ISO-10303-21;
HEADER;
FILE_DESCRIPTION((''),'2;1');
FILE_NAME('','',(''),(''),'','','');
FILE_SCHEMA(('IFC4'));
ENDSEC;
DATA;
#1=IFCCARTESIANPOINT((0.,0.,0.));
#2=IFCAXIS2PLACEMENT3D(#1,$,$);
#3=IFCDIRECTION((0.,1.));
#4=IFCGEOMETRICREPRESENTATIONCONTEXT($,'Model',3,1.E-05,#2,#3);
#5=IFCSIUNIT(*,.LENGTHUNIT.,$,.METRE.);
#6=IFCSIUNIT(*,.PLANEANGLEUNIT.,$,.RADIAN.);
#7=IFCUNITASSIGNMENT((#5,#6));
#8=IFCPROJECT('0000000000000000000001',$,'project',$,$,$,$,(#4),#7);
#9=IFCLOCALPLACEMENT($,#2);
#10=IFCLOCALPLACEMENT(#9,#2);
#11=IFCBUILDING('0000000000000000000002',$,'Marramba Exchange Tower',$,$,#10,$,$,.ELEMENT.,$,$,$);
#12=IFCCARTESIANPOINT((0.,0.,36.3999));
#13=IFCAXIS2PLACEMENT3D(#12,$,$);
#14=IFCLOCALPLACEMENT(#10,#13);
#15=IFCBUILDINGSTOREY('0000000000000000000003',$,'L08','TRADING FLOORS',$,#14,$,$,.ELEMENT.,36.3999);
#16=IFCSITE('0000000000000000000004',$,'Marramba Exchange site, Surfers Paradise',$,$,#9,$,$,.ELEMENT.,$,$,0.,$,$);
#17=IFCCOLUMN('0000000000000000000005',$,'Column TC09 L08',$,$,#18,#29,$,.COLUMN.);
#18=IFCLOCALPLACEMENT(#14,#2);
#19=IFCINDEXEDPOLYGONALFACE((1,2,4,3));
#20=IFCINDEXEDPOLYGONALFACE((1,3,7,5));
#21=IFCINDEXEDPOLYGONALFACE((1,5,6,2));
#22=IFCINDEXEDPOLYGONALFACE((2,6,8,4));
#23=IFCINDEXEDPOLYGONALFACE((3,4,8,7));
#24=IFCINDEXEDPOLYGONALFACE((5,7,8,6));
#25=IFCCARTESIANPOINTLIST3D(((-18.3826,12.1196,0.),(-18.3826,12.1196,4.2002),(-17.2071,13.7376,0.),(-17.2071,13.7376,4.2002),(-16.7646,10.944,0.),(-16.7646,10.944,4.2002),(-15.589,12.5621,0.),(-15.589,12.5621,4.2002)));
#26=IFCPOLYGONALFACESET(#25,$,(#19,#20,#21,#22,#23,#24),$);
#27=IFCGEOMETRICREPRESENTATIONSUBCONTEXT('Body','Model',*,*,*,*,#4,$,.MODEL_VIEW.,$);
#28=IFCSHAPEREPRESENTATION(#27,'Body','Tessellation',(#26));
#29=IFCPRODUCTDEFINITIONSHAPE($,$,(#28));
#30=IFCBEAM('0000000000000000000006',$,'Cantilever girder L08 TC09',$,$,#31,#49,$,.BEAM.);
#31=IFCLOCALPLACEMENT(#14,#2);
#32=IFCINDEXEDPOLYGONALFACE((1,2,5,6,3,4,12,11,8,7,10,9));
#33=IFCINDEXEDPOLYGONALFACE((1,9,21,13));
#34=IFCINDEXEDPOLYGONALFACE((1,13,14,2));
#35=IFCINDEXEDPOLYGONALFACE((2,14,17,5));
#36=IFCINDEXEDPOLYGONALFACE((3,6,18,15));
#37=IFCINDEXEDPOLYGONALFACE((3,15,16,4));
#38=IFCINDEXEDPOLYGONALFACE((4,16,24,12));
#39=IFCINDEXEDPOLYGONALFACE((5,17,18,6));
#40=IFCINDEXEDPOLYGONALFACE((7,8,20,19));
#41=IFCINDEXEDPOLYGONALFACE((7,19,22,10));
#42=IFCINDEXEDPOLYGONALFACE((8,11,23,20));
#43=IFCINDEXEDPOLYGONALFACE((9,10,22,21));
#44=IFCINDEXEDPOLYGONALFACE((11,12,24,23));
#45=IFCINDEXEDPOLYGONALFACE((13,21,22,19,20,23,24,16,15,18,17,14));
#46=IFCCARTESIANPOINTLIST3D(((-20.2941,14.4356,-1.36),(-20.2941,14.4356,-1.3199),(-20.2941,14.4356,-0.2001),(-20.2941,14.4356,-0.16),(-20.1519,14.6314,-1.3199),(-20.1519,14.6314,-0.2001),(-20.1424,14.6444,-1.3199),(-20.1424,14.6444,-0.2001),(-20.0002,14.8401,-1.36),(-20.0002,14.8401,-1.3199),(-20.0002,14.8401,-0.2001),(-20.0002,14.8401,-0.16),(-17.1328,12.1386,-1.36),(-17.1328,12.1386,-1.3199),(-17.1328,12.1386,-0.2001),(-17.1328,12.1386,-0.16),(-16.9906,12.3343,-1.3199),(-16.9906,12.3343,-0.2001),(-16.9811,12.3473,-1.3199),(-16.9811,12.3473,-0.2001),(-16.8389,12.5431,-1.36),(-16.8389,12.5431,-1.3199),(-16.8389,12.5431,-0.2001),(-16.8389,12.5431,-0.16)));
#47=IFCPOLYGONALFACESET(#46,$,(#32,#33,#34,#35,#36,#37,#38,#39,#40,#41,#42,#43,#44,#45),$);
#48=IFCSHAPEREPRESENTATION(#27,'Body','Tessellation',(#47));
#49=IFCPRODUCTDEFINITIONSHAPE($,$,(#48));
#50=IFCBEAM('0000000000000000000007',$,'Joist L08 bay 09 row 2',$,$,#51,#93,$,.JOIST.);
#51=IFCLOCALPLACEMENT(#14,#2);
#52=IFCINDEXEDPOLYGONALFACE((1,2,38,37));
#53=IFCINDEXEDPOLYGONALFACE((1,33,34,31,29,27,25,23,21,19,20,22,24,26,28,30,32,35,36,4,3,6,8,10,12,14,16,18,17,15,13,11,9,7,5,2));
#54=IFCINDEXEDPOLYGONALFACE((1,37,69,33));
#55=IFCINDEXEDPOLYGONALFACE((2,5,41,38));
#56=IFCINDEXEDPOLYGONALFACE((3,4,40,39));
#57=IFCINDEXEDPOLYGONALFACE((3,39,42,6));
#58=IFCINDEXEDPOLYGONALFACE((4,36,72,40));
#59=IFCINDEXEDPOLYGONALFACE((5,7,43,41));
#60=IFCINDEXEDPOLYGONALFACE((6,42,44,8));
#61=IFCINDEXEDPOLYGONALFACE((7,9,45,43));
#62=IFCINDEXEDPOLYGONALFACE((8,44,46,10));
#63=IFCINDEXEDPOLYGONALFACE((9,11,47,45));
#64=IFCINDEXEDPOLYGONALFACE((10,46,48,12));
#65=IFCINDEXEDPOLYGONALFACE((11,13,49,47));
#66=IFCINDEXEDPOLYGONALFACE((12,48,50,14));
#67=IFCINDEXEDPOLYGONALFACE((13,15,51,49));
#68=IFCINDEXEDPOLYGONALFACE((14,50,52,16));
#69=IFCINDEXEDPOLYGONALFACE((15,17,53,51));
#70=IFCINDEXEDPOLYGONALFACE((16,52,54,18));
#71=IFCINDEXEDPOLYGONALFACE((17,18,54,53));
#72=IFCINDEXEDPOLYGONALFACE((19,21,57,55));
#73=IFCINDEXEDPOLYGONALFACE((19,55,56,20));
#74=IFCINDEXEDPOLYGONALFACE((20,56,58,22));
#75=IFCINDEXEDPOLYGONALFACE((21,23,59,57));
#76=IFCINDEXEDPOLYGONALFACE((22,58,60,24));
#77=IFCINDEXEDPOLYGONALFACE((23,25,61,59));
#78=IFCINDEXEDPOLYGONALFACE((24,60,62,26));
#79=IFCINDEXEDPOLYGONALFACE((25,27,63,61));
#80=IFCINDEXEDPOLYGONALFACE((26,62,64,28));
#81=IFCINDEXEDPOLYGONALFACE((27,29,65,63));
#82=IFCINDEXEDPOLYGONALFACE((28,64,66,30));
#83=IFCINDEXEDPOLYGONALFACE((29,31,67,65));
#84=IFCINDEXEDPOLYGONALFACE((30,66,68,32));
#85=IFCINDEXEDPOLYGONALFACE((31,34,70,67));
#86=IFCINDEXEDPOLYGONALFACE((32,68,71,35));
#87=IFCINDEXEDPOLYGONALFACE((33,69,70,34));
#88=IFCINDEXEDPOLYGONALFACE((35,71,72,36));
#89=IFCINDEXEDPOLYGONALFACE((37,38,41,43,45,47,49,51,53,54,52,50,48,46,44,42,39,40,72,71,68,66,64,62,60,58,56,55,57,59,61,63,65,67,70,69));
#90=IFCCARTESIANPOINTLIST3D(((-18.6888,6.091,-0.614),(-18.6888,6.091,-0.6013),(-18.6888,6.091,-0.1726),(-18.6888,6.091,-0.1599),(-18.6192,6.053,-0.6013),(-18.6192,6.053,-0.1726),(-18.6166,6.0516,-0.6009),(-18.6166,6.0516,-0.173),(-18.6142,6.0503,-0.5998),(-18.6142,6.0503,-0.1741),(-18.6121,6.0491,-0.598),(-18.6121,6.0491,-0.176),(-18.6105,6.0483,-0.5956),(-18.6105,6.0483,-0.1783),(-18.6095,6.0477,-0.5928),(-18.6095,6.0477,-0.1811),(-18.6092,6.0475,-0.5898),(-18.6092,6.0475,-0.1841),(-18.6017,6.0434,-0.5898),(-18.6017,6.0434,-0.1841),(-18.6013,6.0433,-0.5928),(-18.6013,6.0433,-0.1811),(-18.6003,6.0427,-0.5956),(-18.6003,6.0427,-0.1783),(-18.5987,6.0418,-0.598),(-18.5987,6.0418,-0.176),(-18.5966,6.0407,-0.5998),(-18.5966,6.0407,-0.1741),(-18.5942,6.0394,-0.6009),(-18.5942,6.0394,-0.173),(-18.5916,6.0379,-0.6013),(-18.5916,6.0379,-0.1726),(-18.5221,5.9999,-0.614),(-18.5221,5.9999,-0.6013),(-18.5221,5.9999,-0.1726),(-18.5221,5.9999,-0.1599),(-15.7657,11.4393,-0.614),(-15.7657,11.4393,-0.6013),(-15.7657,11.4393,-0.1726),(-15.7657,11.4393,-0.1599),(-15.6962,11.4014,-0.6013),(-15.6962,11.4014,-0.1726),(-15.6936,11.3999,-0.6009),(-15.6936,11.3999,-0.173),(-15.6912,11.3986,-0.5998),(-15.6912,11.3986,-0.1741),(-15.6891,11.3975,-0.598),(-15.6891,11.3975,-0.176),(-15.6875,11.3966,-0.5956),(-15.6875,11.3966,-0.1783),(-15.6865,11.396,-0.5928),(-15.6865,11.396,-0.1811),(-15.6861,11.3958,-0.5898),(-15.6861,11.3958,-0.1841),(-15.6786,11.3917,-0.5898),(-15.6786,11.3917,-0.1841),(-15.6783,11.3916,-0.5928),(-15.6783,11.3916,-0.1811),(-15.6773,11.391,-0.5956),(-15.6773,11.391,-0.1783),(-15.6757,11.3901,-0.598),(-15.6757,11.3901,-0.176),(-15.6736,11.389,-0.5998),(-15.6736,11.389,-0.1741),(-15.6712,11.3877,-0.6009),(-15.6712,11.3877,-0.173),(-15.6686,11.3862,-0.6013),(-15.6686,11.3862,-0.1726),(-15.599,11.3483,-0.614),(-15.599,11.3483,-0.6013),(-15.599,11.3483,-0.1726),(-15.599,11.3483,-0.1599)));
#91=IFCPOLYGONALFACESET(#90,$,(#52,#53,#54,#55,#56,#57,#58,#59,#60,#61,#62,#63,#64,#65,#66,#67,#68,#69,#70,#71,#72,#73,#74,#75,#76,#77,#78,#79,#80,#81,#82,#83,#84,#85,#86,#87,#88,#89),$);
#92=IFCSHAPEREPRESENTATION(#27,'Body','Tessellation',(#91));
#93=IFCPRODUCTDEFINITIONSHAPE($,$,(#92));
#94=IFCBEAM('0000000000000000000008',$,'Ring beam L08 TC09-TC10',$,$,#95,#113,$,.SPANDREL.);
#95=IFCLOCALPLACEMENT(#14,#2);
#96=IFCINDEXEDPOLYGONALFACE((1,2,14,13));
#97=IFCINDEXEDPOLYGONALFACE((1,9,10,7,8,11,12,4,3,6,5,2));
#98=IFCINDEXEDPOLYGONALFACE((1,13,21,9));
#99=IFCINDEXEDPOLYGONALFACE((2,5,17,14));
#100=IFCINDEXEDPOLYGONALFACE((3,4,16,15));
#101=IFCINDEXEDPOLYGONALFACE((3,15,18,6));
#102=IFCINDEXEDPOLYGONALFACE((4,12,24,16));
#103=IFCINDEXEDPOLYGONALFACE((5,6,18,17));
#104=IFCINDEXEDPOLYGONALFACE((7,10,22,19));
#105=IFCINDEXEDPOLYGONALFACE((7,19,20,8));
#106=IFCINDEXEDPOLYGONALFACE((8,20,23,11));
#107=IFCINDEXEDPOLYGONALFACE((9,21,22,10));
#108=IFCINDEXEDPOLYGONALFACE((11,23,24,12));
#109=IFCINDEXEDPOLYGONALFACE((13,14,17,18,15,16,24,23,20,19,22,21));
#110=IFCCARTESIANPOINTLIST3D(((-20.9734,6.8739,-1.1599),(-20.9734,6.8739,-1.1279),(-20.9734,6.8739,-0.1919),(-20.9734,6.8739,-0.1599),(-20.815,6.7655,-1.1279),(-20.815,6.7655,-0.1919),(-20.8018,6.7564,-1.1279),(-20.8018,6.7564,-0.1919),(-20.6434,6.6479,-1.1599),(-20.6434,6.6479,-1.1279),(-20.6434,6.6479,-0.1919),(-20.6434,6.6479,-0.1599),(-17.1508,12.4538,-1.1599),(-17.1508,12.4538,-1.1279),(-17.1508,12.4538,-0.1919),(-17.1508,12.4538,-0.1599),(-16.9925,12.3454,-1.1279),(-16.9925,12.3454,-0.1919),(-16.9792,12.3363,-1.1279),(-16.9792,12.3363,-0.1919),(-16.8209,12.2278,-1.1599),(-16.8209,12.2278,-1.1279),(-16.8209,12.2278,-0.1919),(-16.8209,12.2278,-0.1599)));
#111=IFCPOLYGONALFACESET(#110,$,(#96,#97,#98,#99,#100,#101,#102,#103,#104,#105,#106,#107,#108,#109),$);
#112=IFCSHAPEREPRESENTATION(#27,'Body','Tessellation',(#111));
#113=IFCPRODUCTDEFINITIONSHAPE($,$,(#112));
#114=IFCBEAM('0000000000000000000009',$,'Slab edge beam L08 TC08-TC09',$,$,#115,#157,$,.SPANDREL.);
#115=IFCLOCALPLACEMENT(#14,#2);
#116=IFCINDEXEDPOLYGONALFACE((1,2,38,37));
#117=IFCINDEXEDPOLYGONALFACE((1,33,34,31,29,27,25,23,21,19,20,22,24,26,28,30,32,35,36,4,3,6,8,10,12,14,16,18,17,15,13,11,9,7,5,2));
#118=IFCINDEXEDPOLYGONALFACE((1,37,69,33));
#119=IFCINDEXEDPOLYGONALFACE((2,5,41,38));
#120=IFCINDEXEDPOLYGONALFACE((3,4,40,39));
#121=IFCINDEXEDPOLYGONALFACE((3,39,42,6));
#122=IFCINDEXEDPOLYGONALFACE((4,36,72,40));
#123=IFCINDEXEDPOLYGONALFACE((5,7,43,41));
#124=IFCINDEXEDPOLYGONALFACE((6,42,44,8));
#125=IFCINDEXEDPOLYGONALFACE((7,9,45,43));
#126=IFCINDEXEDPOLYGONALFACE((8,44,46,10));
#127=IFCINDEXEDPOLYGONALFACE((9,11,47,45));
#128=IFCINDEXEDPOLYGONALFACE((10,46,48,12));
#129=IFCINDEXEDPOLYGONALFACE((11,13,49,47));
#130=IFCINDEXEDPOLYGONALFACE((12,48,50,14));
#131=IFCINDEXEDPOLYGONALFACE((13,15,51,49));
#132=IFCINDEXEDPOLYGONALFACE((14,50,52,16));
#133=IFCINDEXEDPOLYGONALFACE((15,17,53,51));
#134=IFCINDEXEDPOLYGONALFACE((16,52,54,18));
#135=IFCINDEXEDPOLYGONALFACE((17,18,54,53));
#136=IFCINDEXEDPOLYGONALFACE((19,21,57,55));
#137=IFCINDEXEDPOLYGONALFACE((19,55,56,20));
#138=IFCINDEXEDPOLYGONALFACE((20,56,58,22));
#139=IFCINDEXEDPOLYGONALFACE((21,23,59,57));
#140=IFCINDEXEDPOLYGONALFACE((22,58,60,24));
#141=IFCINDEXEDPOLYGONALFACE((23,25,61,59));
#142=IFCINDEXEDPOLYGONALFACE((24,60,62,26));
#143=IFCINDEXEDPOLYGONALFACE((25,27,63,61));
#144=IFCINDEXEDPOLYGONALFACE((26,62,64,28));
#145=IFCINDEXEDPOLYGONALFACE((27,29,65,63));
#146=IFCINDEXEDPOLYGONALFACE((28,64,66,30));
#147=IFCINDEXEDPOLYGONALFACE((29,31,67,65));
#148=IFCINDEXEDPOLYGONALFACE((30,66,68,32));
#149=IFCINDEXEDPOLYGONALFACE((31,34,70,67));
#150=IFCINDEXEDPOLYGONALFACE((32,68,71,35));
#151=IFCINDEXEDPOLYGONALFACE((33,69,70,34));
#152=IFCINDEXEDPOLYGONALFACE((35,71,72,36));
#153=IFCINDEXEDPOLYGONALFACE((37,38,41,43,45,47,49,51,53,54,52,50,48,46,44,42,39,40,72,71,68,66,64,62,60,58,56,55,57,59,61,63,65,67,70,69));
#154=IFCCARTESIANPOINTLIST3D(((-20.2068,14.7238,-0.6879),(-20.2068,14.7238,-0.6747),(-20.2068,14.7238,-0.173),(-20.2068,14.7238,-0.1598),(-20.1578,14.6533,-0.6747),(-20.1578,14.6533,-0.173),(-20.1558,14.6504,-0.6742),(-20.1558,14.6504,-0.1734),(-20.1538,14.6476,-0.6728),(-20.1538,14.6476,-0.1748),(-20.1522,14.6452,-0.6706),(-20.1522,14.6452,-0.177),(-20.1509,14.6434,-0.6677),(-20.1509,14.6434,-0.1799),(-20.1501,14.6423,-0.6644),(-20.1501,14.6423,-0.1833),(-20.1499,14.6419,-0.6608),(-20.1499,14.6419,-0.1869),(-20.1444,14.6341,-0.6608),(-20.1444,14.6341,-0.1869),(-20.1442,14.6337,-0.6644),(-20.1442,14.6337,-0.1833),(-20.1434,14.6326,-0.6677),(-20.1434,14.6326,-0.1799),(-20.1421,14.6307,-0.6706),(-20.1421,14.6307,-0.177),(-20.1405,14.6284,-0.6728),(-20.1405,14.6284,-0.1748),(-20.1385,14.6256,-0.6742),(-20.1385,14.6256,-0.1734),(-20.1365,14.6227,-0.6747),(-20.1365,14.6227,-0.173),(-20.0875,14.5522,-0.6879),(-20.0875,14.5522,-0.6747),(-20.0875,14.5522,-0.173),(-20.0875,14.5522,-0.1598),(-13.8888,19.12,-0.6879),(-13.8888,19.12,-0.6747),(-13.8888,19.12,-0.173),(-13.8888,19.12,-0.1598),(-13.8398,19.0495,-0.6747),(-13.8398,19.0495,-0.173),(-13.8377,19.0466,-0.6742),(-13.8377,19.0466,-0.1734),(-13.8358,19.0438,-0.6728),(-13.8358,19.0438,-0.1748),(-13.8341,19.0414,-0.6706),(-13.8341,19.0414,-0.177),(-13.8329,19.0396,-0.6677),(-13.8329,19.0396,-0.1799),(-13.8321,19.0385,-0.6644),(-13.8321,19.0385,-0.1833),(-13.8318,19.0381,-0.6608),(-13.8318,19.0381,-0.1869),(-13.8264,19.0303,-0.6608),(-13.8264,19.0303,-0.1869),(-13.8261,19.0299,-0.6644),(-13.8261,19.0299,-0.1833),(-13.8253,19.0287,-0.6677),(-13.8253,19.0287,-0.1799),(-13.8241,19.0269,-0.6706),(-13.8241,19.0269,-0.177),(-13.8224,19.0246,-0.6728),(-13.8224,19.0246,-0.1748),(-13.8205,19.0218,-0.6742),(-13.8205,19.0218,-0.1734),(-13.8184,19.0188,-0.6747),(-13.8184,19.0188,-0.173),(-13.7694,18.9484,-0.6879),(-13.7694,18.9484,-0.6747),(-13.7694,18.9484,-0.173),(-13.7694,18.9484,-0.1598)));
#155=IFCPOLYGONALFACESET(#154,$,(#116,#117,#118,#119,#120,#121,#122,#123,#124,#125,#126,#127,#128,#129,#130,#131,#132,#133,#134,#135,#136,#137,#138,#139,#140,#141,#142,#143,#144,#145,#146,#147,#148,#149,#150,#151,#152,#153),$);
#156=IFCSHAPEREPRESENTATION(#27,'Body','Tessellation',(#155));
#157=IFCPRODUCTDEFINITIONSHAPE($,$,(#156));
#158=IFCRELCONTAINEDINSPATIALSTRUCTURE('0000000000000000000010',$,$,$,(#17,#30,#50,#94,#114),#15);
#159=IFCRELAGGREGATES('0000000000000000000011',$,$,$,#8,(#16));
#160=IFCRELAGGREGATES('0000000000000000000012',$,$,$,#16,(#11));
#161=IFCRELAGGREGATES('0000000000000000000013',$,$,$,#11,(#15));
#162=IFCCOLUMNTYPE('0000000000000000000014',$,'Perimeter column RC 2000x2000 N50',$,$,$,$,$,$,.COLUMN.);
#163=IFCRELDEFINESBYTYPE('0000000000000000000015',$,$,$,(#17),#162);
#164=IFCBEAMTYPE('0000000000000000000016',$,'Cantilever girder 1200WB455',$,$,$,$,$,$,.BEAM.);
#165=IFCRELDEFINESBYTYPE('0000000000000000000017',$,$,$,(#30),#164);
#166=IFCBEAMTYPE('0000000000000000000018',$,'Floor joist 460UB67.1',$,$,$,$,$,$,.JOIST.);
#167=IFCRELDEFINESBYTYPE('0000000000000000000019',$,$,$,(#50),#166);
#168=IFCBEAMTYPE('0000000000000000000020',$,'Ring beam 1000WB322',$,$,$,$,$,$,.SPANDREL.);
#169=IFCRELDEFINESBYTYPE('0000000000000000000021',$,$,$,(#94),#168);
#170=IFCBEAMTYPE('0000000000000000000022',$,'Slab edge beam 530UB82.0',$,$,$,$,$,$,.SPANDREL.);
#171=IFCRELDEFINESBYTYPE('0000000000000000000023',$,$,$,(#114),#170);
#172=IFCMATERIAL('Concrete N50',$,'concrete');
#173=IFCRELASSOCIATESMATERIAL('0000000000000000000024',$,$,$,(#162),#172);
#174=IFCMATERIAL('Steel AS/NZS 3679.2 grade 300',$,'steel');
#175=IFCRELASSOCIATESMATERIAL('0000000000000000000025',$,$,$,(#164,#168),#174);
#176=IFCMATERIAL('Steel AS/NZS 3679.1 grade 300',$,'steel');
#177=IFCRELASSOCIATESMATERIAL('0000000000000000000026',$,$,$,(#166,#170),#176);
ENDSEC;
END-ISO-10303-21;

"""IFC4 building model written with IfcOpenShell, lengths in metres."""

from ifc_helpers import new_model, si_unit, direction, frame, origin, origin_2d, place, context, subcontext, project, spatial, rectangle, i_section, extrude, material, material_profile, profile_set, type_object, element, save


model = new_model("IFC4")

# Units and contexts
model_context = context("Model", 3, precision=1e-05, world=origin(), true_north=direction((0.0, 1.0)))
body_context = subcontext(model_context, "Body", "Model", "MODEL_VIEW")
ifc_project = project(units=[si_unit("LENGTHUNIT", "METRE"), si_unit("PLANEANGLEUNIT", "RADIAN")], contexts=[model_context])

# Site, building, storey
site_placement = place(None, origin())
site = spatial("IfcSite", under=ifc_project, at=site_placement, Name="Marramba Exchange site, Surfers Paradise", CompositionType="ELEMENT", RefElevation=0.0)
building_placement = place(site_placement, origin())
building = spatial("IfcBuilding", under=site, at=building_placement, Name="Marramba Exchange Tower", CompositionType="ELEMENT")
storey_placement = place(building_placement, frame((0.0, 0.0, 36.3999)))
storey = spatial("IfcBuildingStorey", under=building, at=storey_placement, Name="L08", Description="TRADING FLOORS", CompositionType="ELEMENT", Elevation=36.3999)

# Column
ifc_material_1 = material(Name="Concrete N50", Category="concrete")
ifc_material_profile_1 = material_profile(ifc_material_1, rectangle(XDim=2.0, YDim=2.0, at=origin_2d()), Name="RC 2000x2000")
ifc_profile_set_1 = profile_set([ifc_material_profile_1], Name="Concrete N50")
column_type = type_object("IfcColumnType", Name="Perimeter column RC 2000x2000 N50", PredefinedType="COLUMN", material=ifc_profile_set_1)
column_placement = place(storey_placement, frame((-16.9858, 12.3408, 0.0), z_axis=(0.0, 0.0, 1.0), x_axis=(-0.809017, 0.587785, 0.0)))
element("IfcColumn", 1, at=column_placement, inside=storey, type_object=column_type, Name="Column TC09 L08", PredefinedType="COLUMN", context=body_context, shape_type="SweptSolid", body=[
    extrude(rectangle(XDim=2.0, YDim=2.0, at=origin_2d()), origin(), (0.0, 0.0, 1.0), 4.2002),
])

# Beams
ifc_material_2 = material(Name="Steel AS/NZS 3679.2 grade 300", Category="steel")
ifc_material_profile_2 = material_profile(ifc_material_2, i_section(OverallWidth=0.5, OverallDepth=1.2, WebThickness=0.0161, FlangeThickness=0.04, at=origin_2d()), Name="1200WB455")
ifc_profile_set_2 = profile_set([ifc_material_profile_2], Name="Steel AS/NZS 3679.2 grade 300")
beam_type_1 = type_object("IfcBeamType", Name="Cantilever girder 1200WB455", PredefinedType="BEAM", material=ifc_profile_set_2)
beam_1_placement = place(storey_placement, frame((-16.9858, 12.3408, -0.76), z_axis=(-0.808987, 0.587826, 0.0), x_axis=(-0.587826, -0.808987, 0.0)))
element("IfcBeam", 2, at=beam_1_placement, inside=storey, type_object=beam_type_1, Name="Cantilever girder L08 TC09", PredefinedType="BEAM", context=body_context, shape_type="SweptSolid", body=[
    extrude(i_section(OverallWidth=0.5, OverallDepth=1.2, WebThickness=0.0161, FlangeThickness=0.04, at=origin_2d()), origin(), (0.0, 0.0, 1.0), 3.9077),
])
ifc_material_3 = material(Name="Steel AS/NZS 3679.1 grade 300", Category="steel")
ifc_material_profile_3 = material_profile(ifc_material_3, i_section(OverallWidth=0.1899, OverallDepth=0.4541, WebThickness=0.0085, FlangeThickness=0.0127, FilletRadius=0.0115, at=origin_2d()), Name="460UB67.1")
ifc_profile_set_3 = profile_set([ifc_material_profile_3], Name="Steel AS/NZS 3679.1 grade 300")
beam_type_2 = type_object("IfcBeamType", Name="Floor joist 460UB67.1", PredefinedType="JOIST", material=ifc_profile_set_3)
beam_2_placement = place(storey_placement, frame((-15.6824, 11.3938, -0.387), z_axis=(-0.479584, -0.877496, 0.0), x_axis=(0.877496, -0.479584, 0.0)))
element("IfcBeam", 3, at=beam_2_placement, inside=storey, type_object=beam_type_2, Name="Joist L08 bay 09 row 2", PredefinedType="JOIST", context=body_context, shape_type="SweptSolid", body=[
    extrude(i_section(OverallWidth=0.1899, OverallDepth=0.4541, WebThickness=0.0085, FlangeThickness=0.0127, FilletRadius=0.0115, at=origin_2d()), origin(), (0.0, 0.0, 1.0), 6.095),
])
ifc_material_profile_4 = material_profile(ifc_material_2, i_section(OverallWidth=0.3999, OverallDepth=1.0, WebThickness=0.0161, FlangeThickness=0.032, at=origin_2d()), Name="1000WB322")
ifc_profile_set_4 = profile_set([ifc_material_profile_4], Name="Steel AS/NZS 3679.2 grade 300")
beam_type_3 = type_object("IfcBeamType", Name="Ring beam 1000WB322", PredefinedType="SPANDREL", material=ifc_profile_set_4)
beam_3_placement = place(storey_placement, frame((-16.9858, 12.3408, -0.6599), z_axis=(-0.56516, -0.824981, 0.0), x_axis=(0.824981, -0.56516, 0.0)))
element("IfcBeam", 4, at=beam_3_placement, inside=storey, type_object=beam_type_3, Name="Ring beam L08 TC09-TC10", PredefinedType="SPANDREL", context=body_context, shape_type="SweptSolid", body=[
    extrude(i_section(OverallWidth=0.3999, OverallDepth=1.0, WebThickness=0.0161, FlangeThickness=0.032, at=origin_2d()), origin(), (0.0, 0.0, 1.0), 6.7637),
])
ifc_material_profile_5 = material_profile(ifc_material_3, i_section(OverallWidth=0.209, OverallDepth=0.5281, WebThickness=0.0095, FlangeThickness=0.0132, FilletRadius=0.0139, at=origin_2d()), Name="530UB82.0")
ifc_profile_set_5 = profile_set([ifc_material_profile_5], Name="Steel AS/NZS 3679.1 grade 300")
beam_type_4 = type_object("IfcBeamType", Name="Slab edge beam 530UB82.0", PredefinedType="SPANDREL", material=ifc_profile_set_5)
beam_4_placement = place(storey_placement, frame((-13.8291, 19.0342, -0.4238), z_axis=(-0.820842, -0.571155, 0.0), x_axis=(0.571155, -0.820842, 0.0)))
element("IfcBeam", 5, at=beam_4_placement, inside=storey, type_object=beam_type_4, Name="Slab edge beam L08 TC08-TC09", PredefinedType="SPANDREL", context=body_context, shape_type="SweptSolid", body=[
    extrude(i_section(OverallWidth=0.209, OverallDepth=0.5281, WebThickness=0.0095, FlangeThickness=0.0132, FilletRadius=0.0139, at=origin_2d()), origin(), (0.0, 0.0, 1.0), 7.697),
])

save(model, "model.ifc")
